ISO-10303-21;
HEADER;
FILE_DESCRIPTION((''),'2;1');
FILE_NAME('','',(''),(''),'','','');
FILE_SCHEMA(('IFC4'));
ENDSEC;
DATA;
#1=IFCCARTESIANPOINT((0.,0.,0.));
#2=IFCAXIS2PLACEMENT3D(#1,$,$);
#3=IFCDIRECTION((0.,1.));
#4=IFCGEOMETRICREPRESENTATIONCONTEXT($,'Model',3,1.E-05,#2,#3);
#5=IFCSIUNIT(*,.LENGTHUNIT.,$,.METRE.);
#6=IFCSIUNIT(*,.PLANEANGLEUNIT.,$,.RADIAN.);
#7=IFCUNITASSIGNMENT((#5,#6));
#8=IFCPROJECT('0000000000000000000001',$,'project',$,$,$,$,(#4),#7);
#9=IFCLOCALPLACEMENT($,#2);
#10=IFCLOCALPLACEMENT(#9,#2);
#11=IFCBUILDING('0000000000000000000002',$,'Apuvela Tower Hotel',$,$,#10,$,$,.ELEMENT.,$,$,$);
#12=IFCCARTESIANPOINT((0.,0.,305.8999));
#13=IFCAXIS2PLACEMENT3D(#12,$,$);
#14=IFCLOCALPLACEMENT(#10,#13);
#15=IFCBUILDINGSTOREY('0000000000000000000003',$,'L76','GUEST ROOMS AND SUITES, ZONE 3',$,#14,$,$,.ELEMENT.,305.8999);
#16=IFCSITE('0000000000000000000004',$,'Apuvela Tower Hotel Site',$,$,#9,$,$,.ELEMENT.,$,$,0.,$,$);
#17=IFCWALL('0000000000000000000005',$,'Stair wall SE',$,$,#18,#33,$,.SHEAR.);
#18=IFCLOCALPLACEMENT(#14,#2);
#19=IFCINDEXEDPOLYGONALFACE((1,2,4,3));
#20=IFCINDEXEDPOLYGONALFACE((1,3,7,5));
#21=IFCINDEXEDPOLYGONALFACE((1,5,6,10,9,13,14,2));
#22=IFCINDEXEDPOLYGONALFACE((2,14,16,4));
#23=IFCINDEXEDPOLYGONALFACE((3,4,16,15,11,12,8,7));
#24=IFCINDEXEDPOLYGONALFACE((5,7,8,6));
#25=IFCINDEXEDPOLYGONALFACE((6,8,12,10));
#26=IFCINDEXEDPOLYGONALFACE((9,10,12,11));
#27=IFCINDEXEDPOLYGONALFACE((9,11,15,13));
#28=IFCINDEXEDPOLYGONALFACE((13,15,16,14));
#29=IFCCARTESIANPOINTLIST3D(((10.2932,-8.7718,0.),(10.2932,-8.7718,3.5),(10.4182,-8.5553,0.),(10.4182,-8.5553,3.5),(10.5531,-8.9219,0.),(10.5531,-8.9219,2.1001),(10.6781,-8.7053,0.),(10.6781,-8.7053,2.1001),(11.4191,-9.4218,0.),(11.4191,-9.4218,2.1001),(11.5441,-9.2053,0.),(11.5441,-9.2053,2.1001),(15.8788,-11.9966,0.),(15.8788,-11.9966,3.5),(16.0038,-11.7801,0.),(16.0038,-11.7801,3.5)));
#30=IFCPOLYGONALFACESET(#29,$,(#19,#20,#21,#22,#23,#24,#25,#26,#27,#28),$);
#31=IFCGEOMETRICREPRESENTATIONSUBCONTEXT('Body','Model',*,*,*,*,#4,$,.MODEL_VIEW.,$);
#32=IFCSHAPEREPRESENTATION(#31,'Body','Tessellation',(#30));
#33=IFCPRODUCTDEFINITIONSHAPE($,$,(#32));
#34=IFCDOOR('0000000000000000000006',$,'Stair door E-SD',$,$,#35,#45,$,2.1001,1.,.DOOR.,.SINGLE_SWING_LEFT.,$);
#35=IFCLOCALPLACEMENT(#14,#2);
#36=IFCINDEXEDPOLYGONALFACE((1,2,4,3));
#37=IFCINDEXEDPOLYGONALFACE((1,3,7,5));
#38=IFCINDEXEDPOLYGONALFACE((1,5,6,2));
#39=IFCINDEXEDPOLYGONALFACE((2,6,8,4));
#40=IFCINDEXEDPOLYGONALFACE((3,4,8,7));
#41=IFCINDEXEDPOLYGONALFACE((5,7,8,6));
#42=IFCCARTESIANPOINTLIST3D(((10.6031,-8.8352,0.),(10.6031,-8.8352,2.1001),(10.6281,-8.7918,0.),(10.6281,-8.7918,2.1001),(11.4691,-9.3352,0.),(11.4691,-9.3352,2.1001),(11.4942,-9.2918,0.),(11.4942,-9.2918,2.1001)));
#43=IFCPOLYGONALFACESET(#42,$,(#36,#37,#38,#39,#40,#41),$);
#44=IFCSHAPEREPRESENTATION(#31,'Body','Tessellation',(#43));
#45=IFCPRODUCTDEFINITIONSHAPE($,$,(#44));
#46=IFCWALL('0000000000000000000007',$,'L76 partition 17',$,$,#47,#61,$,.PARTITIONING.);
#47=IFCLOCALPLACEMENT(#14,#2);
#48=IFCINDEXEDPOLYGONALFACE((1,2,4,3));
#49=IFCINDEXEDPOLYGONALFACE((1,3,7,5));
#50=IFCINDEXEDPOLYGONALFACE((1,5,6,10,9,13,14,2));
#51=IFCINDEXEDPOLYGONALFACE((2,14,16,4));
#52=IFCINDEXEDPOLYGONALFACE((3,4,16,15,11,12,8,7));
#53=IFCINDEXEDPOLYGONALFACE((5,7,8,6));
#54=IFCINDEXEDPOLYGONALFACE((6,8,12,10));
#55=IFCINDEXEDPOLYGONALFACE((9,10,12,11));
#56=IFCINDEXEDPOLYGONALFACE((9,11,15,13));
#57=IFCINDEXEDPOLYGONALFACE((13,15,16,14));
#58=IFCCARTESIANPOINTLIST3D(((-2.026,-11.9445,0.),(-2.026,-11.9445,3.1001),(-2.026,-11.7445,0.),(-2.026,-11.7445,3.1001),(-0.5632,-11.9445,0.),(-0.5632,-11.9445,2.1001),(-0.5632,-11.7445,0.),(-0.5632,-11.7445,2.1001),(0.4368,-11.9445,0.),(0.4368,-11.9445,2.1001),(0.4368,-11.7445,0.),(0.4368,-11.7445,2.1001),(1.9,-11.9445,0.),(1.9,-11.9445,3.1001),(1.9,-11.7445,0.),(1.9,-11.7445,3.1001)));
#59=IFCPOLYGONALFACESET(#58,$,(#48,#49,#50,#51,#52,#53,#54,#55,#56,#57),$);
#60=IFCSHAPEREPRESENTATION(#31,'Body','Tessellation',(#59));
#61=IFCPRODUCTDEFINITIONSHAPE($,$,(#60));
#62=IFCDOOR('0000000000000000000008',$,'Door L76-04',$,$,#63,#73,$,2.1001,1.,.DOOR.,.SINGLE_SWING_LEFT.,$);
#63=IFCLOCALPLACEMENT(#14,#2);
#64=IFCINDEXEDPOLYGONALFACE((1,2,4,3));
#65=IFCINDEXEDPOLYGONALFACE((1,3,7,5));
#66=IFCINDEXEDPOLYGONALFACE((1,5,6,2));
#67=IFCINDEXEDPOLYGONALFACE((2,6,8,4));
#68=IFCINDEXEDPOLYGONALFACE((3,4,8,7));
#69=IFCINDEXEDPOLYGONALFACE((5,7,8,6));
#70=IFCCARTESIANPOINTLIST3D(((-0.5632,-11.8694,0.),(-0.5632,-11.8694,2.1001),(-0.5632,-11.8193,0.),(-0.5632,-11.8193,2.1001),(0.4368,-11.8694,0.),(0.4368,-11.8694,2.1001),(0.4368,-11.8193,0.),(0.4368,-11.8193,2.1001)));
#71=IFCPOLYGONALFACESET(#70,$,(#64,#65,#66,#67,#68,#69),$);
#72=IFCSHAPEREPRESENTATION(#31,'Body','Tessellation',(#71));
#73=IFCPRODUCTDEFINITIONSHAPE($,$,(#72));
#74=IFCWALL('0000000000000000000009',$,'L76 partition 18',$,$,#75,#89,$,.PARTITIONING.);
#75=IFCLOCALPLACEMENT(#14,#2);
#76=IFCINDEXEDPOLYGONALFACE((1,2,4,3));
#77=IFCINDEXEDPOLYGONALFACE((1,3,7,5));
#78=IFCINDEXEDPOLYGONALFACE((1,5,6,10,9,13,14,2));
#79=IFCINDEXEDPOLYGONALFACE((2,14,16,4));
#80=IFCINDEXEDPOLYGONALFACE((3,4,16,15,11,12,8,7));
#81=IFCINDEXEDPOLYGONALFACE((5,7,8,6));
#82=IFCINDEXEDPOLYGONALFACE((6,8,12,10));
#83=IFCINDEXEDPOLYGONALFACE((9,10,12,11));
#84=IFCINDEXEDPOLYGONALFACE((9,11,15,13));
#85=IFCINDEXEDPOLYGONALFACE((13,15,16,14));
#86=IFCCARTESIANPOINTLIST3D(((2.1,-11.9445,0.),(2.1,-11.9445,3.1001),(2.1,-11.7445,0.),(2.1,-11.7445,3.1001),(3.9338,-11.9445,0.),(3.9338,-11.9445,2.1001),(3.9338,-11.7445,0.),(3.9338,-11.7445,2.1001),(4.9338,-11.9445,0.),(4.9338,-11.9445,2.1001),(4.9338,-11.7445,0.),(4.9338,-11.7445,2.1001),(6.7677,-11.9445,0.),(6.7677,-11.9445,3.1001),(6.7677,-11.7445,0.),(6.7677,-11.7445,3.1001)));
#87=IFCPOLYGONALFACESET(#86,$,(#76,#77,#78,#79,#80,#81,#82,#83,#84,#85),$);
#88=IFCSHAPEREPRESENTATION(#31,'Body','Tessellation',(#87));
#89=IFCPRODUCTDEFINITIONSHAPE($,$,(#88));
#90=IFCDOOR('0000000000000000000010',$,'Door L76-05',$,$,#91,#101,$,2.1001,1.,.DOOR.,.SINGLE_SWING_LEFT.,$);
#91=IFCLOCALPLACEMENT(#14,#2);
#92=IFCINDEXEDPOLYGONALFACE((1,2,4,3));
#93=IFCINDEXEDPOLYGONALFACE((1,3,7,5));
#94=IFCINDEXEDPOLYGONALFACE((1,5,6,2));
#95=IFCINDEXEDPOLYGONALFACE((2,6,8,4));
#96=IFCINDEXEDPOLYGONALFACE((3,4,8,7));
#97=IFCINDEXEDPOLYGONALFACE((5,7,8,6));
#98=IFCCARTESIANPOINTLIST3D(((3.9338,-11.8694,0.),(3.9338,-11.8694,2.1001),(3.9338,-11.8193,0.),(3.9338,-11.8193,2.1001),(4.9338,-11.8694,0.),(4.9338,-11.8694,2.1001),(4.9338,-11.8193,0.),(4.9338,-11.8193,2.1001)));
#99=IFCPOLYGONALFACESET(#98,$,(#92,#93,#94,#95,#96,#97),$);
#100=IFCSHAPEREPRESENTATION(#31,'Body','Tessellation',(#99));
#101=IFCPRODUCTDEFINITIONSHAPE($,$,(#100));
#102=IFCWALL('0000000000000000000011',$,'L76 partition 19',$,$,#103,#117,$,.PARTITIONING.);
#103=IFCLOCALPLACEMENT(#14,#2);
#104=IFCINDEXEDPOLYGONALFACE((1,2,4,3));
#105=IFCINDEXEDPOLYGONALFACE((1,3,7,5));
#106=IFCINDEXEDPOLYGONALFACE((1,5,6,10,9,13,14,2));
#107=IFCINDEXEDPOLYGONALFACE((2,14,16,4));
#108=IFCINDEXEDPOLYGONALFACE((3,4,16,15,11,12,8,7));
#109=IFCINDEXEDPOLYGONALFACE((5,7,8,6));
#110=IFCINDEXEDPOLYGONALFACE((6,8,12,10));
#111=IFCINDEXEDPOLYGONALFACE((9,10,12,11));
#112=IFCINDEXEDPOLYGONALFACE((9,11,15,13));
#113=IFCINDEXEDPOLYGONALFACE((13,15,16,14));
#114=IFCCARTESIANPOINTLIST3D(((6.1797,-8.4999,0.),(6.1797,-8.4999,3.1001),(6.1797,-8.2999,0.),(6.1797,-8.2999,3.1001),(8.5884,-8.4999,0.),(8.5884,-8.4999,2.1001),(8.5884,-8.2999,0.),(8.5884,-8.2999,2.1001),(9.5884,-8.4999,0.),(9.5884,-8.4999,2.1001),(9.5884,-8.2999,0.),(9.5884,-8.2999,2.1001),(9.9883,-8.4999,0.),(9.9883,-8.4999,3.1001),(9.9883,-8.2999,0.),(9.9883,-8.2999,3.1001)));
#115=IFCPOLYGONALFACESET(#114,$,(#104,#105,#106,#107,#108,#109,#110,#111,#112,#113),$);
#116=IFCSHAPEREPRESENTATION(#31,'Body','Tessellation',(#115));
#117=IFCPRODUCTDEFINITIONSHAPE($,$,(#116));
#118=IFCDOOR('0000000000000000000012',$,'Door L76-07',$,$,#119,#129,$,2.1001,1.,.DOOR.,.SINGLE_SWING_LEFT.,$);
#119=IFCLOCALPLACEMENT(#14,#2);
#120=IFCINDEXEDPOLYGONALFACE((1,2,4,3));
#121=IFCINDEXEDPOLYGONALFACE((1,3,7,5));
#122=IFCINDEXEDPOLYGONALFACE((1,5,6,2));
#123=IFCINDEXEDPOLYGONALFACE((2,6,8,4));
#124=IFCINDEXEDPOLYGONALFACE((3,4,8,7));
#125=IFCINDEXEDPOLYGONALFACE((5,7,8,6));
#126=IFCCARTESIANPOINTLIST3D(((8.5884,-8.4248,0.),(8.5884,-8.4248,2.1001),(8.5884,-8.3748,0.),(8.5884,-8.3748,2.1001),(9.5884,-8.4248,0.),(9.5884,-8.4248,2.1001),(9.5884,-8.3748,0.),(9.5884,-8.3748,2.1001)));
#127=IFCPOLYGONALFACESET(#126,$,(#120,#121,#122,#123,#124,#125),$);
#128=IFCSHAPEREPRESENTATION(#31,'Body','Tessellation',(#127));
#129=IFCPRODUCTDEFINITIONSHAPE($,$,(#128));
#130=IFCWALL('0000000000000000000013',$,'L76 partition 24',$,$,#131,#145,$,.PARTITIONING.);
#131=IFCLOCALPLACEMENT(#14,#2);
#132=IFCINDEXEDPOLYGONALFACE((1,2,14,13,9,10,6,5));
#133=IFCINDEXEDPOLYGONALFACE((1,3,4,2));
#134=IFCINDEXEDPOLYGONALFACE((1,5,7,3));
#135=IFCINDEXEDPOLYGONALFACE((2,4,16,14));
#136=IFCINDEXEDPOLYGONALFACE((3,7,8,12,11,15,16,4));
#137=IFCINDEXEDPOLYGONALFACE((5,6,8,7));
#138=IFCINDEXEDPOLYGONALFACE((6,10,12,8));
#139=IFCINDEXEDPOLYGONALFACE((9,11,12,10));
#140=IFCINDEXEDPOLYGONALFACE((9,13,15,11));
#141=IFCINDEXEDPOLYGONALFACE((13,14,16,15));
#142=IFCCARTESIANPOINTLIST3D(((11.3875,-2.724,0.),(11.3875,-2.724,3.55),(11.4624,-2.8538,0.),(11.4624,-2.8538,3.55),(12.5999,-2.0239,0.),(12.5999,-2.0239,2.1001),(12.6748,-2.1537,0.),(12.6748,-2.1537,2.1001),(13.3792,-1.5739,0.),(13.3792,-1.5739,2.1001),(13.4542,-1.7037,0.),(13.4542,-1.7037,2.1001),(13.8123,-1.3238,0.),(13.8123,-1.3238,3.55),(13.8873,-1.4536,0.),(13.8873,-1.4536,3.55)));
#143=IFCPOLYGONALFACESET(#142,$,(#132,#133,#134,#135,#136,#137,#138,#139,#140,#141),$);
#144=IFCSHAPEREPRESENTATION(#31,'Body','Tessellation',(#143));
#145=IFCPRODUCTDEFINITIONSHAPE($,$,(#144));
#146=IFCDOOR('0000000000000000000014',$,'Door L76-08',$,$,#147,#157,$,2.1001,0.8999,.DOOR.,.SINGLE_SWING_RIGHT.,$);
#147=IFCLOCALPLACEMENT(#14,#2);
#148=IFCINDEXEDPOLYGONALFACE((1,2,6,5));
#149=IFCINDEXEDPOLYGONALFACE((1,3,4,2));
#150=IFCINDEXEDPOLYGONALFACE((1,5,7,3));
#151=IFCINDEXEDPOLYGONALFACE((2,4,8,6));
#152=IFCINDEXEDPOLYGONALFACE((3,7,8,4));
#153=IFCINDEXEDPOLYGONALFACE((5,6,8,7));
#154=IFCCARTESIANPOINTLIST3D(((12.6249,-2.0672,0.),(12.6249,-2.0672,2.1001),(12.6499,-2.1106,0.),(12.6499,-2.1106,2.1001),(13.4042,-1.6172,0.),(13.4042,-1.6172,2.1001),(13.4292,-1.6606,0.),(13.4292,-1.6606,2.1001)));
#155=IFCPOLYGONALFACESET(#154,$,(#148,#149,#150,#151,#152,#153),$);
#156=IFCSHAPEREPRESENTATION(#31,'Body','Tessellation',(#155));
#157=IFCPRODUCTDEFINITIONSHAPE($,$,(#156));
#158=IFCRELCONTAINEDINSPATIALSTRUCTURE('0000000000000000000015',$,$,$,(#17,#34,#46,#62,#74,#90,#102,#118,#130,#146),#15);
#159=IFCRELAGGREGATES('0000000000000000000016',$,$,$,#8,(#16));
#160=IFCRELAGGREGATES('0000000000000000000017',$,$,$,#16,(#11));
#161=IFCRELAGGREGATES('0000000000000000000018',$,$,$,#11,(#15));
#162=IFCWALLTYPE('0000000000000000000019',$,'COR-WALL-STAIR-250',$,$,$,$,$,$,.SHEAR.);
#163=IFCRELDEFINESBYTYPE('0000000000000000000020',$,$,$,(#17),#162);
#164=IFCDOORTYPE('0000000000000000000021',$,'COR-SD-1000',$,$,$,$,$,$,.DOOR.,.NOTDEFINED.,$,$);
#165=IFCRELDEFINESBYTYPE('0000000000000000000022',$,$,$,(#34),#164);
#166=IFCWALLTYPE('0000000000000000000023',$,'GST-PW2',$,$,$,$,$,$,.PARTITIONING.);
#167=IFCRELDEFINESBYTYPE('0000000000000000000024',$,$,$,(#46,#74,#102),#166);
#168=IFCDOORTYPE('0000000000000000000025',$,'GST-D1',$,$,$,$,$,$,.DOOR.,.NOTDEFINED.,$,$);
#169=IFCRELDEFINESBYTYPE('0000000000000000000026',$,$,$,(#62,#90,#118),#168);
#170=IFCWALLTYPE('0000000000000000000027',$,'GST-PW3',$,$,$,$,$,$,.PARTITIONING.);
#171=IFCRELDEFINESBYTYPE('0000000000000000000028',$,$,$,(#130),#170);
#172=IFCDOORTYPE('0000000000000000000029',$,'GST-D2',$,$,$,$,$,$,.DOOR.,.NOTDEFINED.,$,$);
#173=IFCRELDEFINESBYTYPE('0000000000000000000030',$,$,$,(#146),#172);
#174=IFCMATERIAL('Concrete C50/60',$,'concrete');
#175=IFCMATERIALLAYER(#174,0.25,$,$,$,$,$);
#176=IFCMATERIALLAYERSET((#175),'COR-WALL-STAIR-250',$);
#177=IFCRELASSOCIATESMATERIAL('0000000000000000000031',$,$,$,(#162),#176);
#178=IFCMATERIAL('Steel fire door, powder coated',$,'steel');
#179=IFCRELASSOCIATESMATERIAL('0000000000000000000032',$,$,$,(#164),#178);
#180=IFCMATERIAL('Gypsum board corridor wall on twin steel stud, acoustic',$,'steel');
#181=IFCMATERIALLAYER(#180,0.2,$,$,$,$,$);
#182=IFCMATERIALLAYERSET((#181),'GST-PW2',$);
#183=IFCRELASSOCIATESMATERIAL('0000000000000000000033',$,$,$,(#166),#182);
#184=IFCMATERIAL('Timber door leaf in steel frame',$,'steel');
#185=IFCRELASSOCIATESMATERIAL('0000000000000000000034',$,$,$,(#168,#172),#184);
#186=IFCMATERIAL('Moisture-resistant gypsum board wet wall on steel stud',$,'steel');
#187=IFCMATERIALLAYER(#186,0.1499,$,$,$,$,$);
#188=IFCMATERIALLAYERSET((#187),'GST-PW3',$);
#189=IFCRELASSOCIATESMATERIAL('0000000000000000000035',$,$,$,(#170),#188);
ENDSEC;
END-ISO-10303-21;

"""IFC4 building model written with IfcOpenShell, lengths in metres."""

from ifc_helpers import new_model, si_unit, direction, frame, frame_2d, origin, place, context, subcontext, project, spatial, rectangle, extrude, material, layer, layer_set, type_object, element, fill, save


model = new_model("IFC4")

# Units and contexts
model_context = context("Model", 3, precision=1e-05, world=origin(), true_north=direction((0.0, 1.0)))
body_context = subcontext(model_context, "Body", "Model", "MODEL_VIEW")
ifc_project = project(units=[si_unit("LENGTHUNIT", "METRE"), si_unit("PLANEANGLEUNIT", "RADIAN")], contexts=[model_context])

# Site, building, storey
site_placement = place(None, origin())
site = spatial("IfcSite", under=ifc_project, at=site_placement, Name="Apuvela Tower Hotel Site", CompositionType="ELEMENT", RefElevation=0.0)
building_placement = place(site_placement, origin())
building = spatial("IfcBuilding", under=site, at=building_placement, Name="Apuvela Tower Hotel", CompositionType="ELEMENT")
storey_placement = place(building_placement, frame((0.0, 0.0, 305.8999)))
storey = spatial("IfcBuildingStorey", under=building, at=storey_placement, Name="L76", Description="GUEST ROOMS AND SUITES, ZONE 3", CompositionType="ELEMENT", Elevation=305.8999)

# Shared definitions
ifc_material_1 = material(Name="Concrete C50/60", Category="concrete")
ifc_material_2 = material(Name="Steel fire door, powder coated", Category="steel")

# Walls, openings, doors
ifc_layer_1 = layer(ifc_material_1, 0.25)
ifc_layer_set_1 = layer_set([ifc_layer_1], Name="COR-WALL-STAIR-250")
wall_type_1 = type_object("IfcWallType", Name="COR-WALL-STAIR-250", PredefinedType="SHEAR", material=ifc_layer_set_1)
wall_1_placement = place(storey_placement, frame((10.3557, -8.6636, 0.0), z_axis=(0.0, 0.0, 1.0), x_axis=(0.866029, -0.499994, 0.0)))
wall_1 = element("IfcWall", 1, at=wall_1_placement, inside=storey, type_object=wall_type_1, Name="Stair wall SE", PredefinedType="SHEAR", context=body_context, shape_type="SweptSolid", body=[
    extrude(rectangle(XDim=6.4497, YDim=0.25, at=frame_2d((3.2249, 0.0))), origin(), (0.0, 0.0, 1.0), 3.5),
])
opening_1_placement = place(wall_1_placement, frame((0.3, 0.0, 0.0)))
opening_1 = element("IfcOpeningElement", 2, at=opening_1_placement, cuts=wall_1, PredefinedType="OPENING", context=body_context, shape_type="SweptSolid", body=[
    extrude(rectangle(XDim=1.0, YDim=2.1001, at=frame_2d((0.5, 1.05))), frame((0.0, 0.135, 0.0), z_axis=(0.0, -1.0, 0.0), x_axis=(1.0, 0.0, 0.0)), (0.0, 0.0, 1.0), 0.27),
])
door_type_1 = type_object("IfcDoorType", Name="COR-SD-1000", OperationType="NOTDEFINED", PredefinedType="DOOR", material=ifc_material_2)
door_1_placement = place(opening_1_placement, frame((1.0, 0.0, 0.0), z_axis=(0.0, 0.0, 1.0), x_axis=(-1.0, 0.0, 0.0)))
door_1 = element("IfcDoor", 3, at=door_1_placement, inside=storey, type_object=door_type_1, Name="Stair door E-SD", OperationType="SINGLE_SWING_LEFT", OverallHeight=2.1001, OverallWidth=1.0, PredefinedType="DOOR", context=body_context, shape_type="SweptSolid", body=[
    extrude(rectangle(XDim=1.0, YDim=2.1001, at=frame_2d((0.5, 1.05))), frame((0.0, 0.0249, 0.0), z_axis=(0.0, -1.0, 0.0), x_axis=(1.0, 0.0, 0.0)), (0.0, 0.0, 1.0), 0.05),
])
fill(opening_1, door_1)
ifc_material_3 = material(Name="Gypsum board corridor wall on twin steel stud, acoustic", Category="steel")
ifc_layer_2 = layer(ifc_material_3, 0.2)
ifc_layer_set_2 = layer_set([ifc_layer_2], Name="GST-PW2")
wall_type_2 = type_object("IfcWallType", Name="GST-PW2", PredefinedType="PARTITIONING", material=ifc_layer_set_2)
wall_2_placement = place(storey_placement, frame((1.8999, -11.8445, 0.0), z_axis=(0.0, 0.0, 1.0), x_axis=(-1.0, 0.0, 0.0)))
wall_2 = element("IfcWall", 4, at=wall_2_placement, inside=storey, type_object=wall_type_2, Name="L76 partition 17", PredefinedType="PARTITIONING", context=body_context, shape_type="SweptSolid", body=[
    extrude(rectangle(XDim=3.926, YDim=0.2, at=frame_2d((1.9629, 0.0))), origin(), (0.0, 0.0, 1.0), 3.1001),
])
opening_2_placement = place(wall_2_placement, frame((1.4631, 0.0, 0.0)))
opening_2 = element("IfcOpeningElement", 5, at=opening_2_placement, cuts=wall_2, PredefinedType="OPENING", context=body_context, shape_type="SweptSolid", body=[
    extrude(rectangle(XDim=1.0, YDim=2.1001, at=frame_2d((0.5, 1.05))), frame((0.0, 0.1099, 0.0), z_axis=(0.0, -1.0, 0.0), x_axis=(1.0, 0.0, 0.0)), (0.0, 0.0, 1.0), 0.22),
])
ifc_material_4 = material(Name="Timber door leaf in steel frame", Category="steel")
door_type_2 = type_object("IfcDoorType", Name="GST-D1", OperationType="NOTDEFINED", PredefinedType="DOOR", material=ifc_material_4)
door_2_placement = place(opening_2_placement, origin())
door_2 = element("IfcDoor", 6, at=door_2_placement, inside=storey, type_object=door_type_2, Name="Door L76-04", OperationType="SINGLE_SWING_LEFT", OverallHeight=2.1001, OverallWidth=1.0, PredefinedType="DOOR", context=body_context, shape_type="SweptSolid", body=[
    extrude(rectangle(XDim=1.0, YDim=2.1001, at=frame_2d((0.5, 1.05))), frame((0.0, 0.0249, 0.0), z_axis=(0.0, -1.0, 0.0), x_axis=(1.0, 0.0, 0.0)), (0.0, 0.0, 1.0), 0.05),
])
fill(opening_2, door_2)
wall_3_placement = place(storey_placement, frame((6.7678, -11.8445, 0.0), z_axis=(0.0, 0.0, 1.0), x_axis=(-1.0, 0.0, 0.0)))
wall_3 = element("IfcWall", 7, at=wall_3_placement, inside=storey, type_object=wall_type_2, Name="L76 partition 18", PredefinedType="PARTITIONING", context=body_context, shape_type="SweptSolid", body=[
    extrude(rectangle(XDim=4.6677, YDim=0.2, at=frame_2d((2.334, 0.0))), origin(), (0.0, 0.0, 1.0), 3.1001),
])
opening_3_placement = place(wall_3_placement, frame((1.834, 0.0, 0.0)))
opening_3 = element("IfcOpeningElement", 8, at=opening_3_placement, cuts=wall_3, PredefinedType="OPENING", context=body_context, shape_type="SweptSolid", body=[
    extrude(rectangle(XDim=1.0, YDim=2.1001, at=frame_2d((0.5, 1.05))), frame((0.0, 0.1099, 0.0), z_axis=(0.0, -1.0, 0.0), x_axis=(1.0, 0.0, 0.0)), (0.0, 0.0, 1.0), 0.22),
])
door_3_placement = place(opening_3_placement, origin())
door_3 = element("IfcDoor", 9, at=door_3_placement, inside=storey, type_object=door_type_2, Name="Door L76-05", OperationType="SINGLE_SWING_LEFT", OverallHeight=2.1001, OverallWidth=1.0, PredefinedType="DOOR", context=body_context, shape_type="SweptSolid", body=[
    extrude(rectangle(XDim=1.0, YDim=2.1001, at=frame_2d((0.5, 1.05))), frame((0.0, 0.0249, 0.0), z_axis=(0.0, -1.0, 0.0), x_axis=(1.0, 0.0, 0.0)), (0.0, 0.0, 1.0), 0.05),
])
fill(opening_3, door_3)
wall_4_placement = place(storey_placement, frame((9.9883, -8.3999, 0.0), z_axis=(0.0, 0.0, 1.0), x_axis=(-1.0, 0.0, 0.0)))
wall_4 = element("IfcWall", 10, at=wall_4_placement, inside=storey, type_object=wall_type_2, Name="L76 partition 19", PredefinedType="PARTITIONING", context=body_context, shape_type="SweptSolid", body=[
    extrude(rectangle(XDim=3.8086, YDim=0.2, at=frame_2d((1.9043, 0.0))), origin(), (0.0, 0.0, 1.0), 3.1001),
])
opening_4_placement = place(wall_4_placement, frame((0.3999, 0.0, 0.0)))
opening_4 = element("IfcOpeningElement", 11, at=opening_4_placement, cuts=wall_4, PredefinedType="OPENING", context=body_context, shape_type="SweptSolid", body=[
    extrude(rectangle(XDim=1.0, YDim=2.1001, at=frame_2d((0.5, 1.05))), frame((0.0, 0.1099, 0.0), z_axis=(0.0, -1.0, 0.0), x_axis=(1.0, 0.0, 0.0)), (0.0, 0.0, 1.0), 0.22),
])
door_4_placement = place(opening_4_placement, origin())
door_4 = element("IfcDoor", 12, at=door_4_placement, inside=storey, type_object=door_type_2, Name="Door L76-07", OperationType="SINGLE_SWING_LEFT", OverallHeight=2.1001, OverallWidth=1.0, PredefinedType="DOOR", context=body_context, shape_type="SweptSolid", body=[
    extrude(rectangle(XDim=1.0, YDim=2.1001, at=frame_2d((0.5, 1.05))), frame((0.0, 0.0249, 0.0), z_axis=(0.0, -1.0, 0.0), x_axis=(1.0, 0.0, 0.0)), (0.0, 0.0, 1.0), 0.05),
])
fill(opening_4, door_4)
ifc_material_5 = material(Name="Moisture-resistant gypsum board wet wall on steel stud", Category="steel")
ifc_layer_3 = layer(ifc_material_5, 0.1499)
ifc_layer_set_3 = layer_set([ifc_layer_3], Name="GST-PW3")
wall_type_3 = type_object("IfcWallType", Name="GST-PW3", PredefinedType="PARTITIONING", material=ifc_layer_set_3)
wall_5_placement = place(storey_placement, frame((11.425, -2.7888, 0.0), z_axis=(0.0, 0.0, 1.0), x_axis=(0.865997, 0.50005, 0.0)))
wall_5 = element("IfcWall", 13, at=wall_5_placement, inside=storey, type_object=wall_type_3, Name="L76 partition 24", PredefinedType="PARTITIONING", context=body_context, shape_type="SweptSolid", body=[
    extrude(rectangle(XDim=2.8, YDim=0.1499, at=frame_2d((1.3999, 0.0))), origin(), (0.0, 0.0, 1.0), 3.55),
])
opening_5_placement = place(wall_5_placement, frame((1.3999, 0.0, 0.0)))
opening_5 = element("IfcOpeningElement", 14, at=opening_5_placement, cuts=wall_5, PredefinedType="OPENING", context=body_context, shape_type="SweptSolid", body=[
    extrude(rectangle(XDim=0.8999, YDim=2.1001, at=frame_2d((0.45, 1.05))), frame((0.0, 0.085, 0.0), z_axis=(0.0, -1.0, 0.0), x_axis=(1.0, 0.0, 0.0)), (0.0, 0.0, 1.0), 0.1699),
])
door_type_3 = type_object("IfcDoorType", Name="GST-D2", OperationType="NOTDEFINED", PredefinedType="DOOR", material=ifc_material_4)
door_5_placement = place(opening_5_placement, origin())
door_5 = element("IfcDoor", 15, at=door_5_placement, inside=storey, type_object=door_type_3, Name="Door L76-08", OperationType="SINGLE_SWING_RIGHT", OverallHeight=2.1001, OverallWidth=0.8999, PredefinedType="DOOR", context=body_context, shape_type="SweptSolid", body=[
    extrude(rectangle(XDim=0.8999, YDim=2.1001, at=frame_2d((0.45, 1.05))), frame((0.0, 0.0249, 0.0), z_axis=(0.0, -1.0, 0.0), x_axis=(1.0, 0.0, 0.0)), (0.0, 0.0, 1.0), 0.05),
])
fill(opening_5, door_5)

save(model, "model.ifc")
